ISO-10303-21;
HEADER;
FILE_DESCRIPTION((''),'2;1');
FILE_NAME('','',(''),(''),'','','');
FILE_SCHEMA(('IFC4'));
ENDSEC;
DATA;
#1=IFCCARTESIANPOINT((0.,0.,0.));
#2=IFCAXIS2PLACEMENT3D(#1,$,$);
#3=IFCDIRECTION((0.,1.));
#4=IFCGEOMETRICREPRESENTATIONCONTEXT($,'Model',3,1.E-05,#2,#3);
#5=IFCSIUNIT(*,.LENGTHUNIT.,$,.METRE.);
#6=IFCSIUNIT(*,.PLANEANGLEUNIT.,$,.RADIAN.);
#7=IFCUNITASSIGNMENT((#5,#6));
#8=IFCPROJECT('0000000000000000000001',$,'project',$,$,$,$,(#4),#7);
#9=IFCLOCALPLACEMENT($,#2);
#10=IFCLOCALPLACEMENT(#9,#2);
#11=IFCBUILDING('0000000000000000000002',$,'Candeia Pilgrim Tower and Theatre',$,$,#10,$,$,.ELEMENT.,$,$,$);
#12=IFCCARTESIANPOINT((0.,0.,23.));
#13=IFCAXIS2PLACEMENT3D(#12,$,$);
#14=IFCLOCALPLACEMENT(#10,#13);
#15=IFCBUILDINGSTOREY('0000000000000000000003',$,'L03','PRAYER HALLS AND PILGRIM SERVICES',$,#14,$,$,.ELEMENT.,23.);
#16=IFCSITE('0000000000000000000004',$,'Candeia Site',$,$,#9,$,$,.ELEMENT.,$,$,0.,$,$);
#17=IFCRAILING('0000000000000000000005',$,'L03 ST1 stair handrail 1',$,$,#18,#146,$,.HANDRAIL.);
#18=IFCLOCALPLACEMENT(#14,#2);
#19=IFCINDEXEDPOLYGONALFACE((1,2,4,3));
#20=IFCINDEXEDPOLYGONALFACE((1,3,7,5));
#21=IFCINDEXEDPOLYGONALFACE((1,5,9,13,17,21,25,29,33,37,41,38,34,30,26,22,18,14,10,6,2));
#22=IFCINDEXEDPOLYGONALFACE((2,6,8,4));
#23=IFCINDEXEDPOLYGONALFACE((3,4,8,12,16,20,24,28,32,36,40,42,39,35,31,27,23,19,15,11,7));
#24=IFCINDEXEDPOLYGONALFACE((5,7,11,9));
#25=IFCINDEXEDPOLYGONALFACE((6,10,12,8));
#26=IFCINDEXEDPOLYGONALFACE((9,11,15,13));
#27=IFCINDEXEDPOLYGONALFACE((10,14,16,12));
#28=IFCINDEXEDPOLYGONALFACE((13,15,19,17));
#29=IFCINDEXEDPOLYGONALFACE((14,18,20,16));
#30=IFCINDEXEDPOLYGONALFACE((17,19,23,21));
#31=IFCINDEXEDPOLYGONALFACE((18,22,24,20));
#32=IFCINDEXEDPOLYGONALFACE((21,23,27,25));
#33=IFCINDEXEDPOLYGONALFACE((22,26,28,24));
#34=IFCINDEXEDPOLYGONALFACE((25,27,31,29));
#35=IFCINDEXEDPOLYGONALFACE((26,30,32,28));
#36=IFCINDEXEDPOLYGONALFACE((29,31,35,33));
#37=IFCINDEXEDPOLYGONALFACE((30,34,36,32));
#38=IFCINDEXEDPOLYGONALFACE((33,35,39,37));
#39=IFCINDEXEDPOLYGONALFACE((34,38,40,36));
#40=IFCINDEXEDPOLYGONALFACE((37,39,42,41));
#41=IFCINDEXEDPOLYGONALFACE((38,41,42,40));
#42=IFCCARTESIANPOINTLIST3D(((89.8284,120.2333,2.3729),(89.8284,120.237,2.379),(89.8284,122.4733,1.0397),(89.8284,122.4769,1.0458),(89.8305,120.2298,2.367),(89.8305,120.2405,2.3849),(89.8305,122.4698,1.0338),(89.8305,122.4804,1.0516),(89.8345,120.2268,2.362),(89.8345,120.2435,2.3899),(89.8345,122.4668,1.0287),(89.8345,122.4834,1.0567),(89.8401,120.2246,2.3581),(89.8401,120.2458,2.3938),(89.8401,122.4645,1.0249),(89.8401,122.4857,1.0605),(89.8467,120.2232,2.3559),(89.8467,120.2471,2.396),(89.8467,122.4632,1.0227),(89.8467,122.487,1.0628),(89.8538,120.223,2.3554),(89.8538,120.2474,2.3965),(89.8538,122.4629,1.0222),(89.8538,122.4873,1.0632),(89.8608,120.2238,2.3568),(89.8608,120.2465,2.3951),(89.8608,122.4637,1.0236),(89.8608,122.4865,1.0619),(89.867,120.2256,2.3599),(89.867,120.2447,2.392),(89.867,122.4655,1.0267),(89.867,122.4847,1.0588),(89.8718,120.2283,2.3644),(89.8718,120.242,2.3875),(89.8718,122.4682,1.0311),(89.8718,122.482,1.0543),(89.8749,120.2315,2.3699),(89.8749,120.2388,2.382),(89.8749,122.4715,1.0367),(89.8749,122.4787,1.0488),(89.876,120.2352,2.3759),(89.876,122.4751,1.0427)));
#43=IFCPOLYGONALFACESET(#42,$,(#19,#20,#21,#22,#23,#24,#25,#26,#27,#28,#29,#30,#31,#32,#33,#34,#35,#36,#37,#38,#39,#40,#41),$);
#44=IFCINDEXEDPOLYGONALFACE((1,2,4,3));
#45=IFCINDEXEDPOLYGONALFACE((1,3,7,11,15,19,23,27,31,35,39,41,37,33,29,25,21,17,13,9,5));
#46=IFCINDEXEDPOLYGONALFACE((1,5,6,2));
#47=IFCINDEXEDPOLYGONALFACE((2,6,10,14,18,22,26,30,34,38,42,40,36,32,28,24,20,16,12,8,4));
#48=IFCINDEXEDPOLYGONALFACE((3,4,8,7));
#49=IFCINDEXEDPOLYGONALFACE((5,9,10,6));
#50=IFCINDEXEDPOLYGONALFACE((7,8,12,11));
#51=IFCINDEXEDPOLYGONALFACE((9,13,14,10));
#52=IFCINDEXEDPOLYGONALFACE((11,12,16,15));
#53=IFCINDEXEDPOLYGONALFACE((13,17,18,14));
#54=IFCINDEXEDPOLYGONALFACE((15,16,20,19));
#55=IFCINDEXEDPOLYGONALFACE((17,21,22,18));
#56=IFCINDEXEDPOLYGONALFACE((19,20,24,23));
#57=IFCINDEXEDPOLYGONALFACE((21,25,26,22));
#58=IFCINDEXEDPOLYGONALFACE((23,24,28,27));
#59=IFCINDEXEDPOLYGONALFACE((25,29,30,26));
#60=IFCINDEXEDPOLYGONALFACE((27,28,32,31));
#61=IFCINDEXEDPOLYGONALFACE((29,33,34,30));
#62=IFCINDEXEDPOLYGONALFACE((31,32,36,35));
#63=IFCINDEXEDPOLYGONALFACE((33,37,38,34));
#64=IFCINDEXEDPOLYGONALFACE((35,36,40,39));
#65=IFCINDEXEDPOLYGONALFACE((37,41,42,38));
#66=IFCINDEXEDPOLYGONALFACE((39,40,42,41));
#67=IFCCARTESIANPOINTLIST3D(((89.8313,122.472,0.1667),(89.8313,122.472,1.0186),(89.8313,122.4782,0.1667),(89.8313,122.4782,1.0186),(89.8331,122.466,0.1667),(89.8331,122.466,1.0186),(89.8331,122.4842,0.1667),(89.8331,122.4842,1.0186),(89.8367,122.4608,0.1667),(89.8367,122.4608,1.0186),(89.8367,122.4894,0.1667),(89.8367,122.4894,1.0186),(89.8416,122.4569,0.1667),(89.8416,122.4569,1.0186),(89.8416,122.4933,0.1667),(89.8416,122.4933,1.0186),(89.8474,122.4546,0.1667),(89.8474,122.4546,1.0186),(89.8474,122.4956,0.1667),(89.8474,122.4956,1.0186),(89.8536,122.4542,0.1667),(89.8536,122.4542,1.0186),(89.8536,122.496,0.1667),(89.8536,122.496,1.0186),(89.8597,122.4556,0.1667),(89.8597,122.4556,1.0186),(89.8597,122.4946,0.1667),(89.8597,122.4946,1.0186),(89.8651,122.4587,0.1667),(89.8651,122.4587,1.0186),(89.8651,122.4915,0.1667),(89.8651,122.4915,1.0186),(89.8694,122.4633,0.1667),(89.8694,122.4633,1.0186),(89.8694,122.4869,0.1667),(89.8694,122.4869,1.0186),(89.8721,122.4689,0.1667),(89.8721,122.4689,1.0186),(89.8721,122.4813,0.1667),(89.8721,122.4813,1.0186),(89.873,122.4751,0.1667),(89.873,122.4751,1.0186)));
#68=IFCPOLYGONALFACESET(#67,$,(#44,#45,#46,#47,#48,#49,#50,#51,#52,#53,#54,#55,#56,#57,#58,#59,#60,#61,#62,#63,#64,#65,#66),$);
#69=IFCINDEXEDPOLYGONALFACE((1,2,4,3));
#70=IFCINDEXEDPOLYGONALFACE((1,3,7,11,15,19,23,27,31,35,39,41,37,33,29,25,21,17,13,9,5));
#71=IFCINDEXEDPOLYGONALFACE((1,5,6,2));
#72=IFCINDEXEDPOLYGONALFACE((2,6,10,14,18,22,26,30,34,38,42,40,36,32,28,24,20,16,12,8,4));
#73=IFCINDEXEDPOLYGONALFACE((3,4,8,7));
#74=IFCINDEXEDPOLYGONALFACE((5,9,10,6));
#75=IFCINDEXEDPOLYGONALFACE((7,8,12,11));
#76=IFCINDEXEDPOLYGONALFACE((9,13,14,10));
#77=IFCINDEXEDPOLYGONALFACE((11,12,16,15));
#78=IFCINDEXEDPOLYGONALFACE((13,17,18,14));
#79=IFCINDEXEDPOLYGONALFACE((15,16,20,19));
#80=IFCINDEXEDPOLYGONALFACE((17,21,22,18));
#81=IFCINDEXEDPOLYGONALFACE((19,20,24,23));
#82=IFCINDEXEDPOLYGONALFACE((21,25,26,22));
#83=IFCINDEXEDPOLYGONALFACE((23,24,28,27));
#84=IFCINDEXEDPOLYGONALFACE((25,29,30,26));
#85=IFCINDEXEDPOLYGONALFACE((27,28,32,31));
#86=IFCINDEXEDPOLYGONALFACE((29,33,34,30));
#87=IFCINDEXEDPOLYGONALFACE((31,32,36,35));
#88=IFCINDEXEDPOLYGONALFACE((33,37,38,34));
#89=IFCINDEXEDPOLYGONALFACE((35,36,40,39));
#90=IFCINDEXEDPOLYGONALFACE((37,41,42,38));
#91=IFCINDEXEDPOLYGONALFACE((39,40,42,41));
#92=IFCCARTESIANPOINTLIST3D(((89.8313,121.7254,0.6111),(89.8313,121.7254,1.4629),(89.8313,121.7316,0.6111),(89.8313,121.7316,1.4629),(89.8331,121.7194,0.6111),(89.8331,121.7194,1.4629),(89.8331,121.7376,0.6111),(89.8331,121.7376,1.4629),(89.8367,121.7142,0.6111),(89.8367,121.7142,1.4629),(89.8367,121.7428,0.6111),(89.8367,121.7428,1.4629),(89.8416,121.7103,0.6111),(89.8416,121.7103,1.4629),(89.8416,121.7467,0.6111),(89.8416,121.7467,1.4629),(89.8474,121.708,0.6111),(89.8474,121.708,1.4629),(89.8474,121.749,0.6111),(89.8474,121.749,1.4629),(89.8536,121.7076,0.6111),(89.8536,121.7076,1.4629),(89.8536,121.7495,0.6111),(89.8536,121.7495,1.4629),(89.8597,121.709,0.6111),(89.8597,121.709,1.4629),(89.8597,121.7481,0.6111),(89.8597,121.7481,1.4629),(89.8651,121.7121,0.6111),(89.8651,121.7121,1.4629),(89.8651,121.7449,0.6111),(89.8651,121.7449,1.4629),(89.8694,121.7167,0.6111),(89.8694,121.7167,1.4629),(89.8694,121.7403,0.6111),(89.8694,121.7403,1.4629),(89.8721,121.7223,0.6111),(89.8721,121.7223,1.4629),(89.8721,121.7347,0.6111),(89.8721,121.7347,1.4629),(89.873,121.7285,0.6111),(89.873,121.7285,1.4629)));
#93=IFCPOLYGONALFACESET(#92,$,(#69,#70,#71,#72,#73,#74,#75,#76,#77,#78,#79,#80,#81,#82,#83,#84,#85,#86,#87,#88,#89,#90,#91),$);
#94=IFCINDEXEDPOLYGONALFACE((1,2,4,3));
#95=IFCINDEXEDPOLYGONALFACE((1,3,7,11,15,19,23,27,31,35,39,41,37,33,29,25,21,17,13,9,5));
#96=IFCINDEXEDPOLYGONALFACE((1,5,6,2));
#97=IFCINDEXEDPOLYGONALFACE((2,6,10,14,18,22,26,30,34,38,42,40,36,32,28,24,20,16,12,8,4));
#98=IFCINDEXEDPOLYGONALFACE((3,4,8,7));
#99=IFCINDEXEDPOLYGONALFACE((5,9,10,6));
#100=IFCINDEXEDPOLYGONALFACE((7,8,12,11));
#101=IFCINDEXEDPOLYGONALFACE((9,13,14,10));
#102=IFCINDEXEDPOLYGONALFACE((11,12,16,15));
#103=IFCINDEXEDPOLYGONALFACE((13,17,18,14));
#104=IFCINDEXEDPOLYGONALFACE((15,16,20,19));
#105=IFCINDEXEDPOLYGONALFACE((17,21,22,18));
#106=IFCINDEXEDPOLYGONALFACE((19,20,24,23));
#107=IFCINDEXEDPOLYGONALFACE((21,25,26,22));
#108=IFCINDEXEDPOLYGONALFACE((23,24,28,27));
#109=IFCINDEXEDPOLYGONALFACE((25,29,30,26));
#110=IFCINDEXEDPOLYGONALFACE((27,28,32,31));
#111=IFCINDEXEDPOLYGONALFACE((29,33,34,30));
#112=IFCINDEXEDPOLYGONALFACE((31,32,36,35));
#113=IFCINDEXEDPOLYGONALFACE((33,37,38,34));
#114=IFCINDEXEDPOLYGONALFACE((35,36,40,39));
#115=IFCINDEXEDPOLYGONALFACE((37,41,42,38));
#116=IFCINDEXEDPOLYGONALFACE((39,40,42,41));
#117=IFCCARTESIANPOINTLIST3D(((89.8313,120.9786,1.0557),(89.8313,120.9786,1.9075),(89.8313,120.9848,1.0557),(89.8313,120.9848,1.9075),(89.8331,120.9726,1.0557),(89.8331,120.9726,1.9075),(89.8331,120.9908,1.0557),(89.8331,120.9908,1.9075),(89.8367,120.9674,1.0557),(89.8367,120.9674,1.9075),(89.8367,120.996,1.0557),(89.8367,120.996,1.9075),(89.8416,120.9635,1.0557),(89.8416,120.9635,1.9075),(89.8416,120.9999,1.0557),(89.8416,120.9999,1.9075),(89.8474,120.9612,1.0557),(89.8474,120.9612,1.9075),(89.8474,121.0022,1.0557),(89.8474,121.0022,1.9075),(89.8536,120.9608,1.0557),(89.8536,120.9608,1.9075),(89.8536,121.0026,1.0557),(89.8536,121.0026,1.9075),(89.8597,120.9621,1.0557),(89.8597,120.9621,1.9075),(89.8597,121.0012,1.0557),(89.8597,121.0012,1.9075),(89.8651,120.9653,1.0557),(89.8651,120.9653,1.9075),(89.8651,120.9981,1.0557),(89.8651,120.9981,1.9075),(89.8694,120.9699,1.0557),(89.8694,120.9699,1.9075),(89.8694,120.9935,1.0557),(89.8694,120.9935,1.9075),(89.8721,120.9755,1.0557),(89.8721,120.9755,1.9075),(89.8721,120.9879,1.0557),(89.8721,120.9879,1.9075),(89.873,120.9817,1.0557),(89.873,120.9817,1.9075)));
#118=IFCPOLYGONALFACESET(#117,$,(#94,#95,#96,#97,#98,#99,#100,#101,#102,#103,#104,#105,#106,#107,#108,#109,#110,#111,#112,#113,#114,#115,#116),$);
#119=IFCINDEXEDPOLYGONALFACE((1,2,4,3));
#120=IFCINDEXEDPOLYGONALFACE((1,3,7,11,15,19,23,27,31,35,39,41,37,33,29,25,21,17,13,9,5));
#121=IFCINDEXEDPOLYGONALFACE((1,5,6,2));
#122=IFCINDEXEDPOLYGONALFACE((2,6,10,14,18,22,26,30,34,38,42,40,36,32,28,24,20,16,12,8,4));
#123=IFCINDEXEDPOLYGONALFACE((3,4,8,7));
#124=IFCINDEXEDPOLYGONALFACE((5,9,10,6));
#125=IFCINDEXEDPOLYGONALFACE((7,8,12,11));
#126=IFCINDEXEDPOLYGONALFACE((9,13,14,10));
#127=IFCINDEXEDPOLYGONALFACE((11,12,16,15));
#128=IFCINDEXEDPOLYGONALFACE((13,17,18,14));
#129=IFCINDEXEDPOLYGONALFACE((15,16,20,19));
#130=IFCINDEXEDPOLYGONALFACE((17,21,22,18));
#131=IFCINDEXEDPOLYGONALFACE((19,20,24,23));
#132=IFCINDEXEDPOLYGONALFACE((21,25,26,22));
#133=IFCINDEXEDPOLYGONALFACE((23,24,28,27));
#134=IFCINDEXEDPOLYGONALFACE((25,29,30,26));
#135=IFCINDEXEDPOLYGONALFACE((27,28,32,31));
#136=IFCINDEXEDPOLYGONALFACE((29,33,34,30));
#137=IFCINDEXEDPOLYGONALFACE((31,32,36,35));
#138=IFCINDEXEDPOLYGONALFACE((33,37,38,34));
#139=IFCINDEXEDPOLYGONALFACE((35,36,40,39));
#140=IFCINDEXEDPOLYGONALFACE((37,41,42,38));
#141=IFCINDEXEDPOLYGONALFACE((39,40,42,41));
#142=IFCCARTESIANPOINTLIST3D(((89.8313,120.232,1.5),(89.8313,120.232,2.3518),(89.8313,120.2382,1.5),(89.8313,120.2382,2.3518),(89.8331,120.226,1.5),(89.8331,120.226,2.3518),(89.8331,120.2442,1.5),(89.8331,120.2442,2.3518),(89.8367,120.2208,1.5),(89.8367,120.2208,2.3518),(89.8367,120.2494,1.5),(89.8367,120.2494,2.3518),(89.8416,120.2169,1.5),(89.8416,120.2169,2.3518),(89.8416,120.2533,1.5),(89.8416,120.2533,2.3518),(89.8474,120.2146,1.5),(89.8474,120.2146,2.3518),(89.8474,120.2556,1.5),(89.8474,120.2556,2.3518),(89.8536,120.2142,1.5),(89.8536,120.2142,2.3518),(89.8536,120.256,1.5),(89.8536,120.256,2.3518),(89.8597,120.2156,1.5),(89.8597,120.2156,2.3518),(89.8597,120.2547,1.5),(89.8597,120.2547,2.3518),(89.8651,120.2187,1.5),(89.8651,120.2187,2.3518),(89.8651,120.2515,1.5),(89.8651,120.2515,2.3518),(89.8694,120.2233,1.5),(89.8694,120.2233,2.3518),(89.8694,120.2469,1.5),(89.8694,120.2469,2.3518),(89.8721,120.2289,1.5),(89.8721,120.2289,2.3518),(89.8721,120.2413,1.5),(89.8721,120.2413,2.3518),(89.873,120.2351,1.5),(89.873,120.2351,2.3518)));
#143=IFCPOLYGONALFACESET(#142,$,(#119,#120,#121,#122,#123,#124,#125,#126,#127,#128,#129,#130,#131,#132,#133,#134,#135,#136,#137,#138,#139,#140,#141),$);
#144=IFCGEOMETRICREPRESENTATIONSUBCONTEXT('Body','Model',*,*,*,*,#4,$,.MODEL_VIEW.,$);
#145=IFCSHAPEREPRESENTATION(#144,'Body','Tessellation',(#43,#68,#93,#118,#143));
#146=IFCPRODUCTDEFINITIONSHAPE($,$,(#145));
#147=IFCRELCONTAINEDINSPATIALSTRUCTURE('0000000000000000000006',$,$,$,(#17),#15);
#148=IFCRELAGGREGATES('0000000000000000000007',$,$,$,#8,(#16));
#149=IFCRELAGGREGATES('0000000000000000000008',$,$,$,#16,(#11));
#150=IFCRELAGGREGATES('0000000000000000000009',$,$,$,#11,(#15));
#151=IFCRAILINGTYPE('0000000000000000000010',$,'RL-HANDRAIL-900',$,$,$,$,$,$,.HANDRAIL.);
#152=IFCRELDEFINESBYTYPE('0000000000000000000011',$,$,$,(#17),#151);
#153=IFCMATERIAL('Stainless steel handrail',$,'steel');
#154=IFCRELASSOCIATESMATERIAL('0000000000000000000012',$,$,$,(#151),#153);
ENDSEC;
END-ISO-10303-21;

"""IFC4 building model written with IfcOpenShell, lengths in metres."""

from ifc_helpers import new_model, si_unit, direction, frame, origin, origin_2d, place, context, subcontext, project, spatial, circle, extrude, material, type_object, element, save


model = new_model("IFC4")

# Units and contexts
model_context = context("Model", 3, precision=1e-05, world=origin(), true_north=direction((0.0, 1.0)))
body_context = subcontext(model_context, "Body", "Model", "MODEL_VIEW")
ifc_project = project(units=[si_unit("LENGTHUNIT", "METRE"), si_unit("PLANEANGLEUNIT", "RADIAN")], contexts=[model_context])

# Site, building, storey
site_placement = place(None, origin())
site = spatial("IfcSite", under=ifc_project, at=site_placement, Name="Candeia Site", CompositionType="ELEMENT", RefElevation=0.0)
building_placement = place(site_placement, origin())
building = spatial("IfcBuilding", under=site, at=building_placement, Name="Candeia Pilgrim Tower and Theatre", CompositionType="ELEMENT")
storey_placement = place(building_placement, frame((0.0, 0.0, 23.0)))
storey = spatial("IfcBuildingStorey", under=building, at=storey_placement, Name="L03", Description="PRAYER HALLS AND PILGRIM SERVICES", CompositionType="ELEMENT", Elevation=23.0)

# Railing
ifc_material_1 = material(Name="Stainless steel handrail", Category="steel")
railing_type_1 = type_object("IfcRailingType", Name="RL-HANDRAIL-900", PredefinedType="HANDRAIL", material=ifc_material_1)
for number, where, name in (
    (1, (89.8521, 122.4751, 0.1667), "L03 ST1 stair handrail 1"),
):
    element("IfcRailing", number, at=place(storey_placement, frame(where)), inside=storey, type_object=railing_type_1, Name=name, PredefinedType="HANDRAIL", context=body_context, shape_type="SweptSolid", body=[
        extrude(circle(Radius=0.0239, at=origin_2d()), frame((0.0, 0.0, 0.876), z_axis=(0.0, -0.859306, 0.511462), x_axis=(1.0, 0.0, 0.0)), (0.0, 0.0, 1.0), 2.6067),
        extrude(circle(Radius=0.021, at=origin_2d()), origin(), (0.0, 0.0, 1.0), 0.8518),
        extrude(circle(Radius=0.021, at=origin_2d()), frame((0.0, -0.7466, 0.4443)), (0.0, 0.0, 1.0), 0.8518),
        extrude(circle(Radius=0.021, at=origin_2d()), frame((0.0, -1.4934, 0.8889)), (0.0, 0.0, 1.0), 0.8518),
        extrude(circle(Radius=0.021, at=origin_2d()), frame((0.0, -2.24, 1.3333)), (0.0, 0.0, 1.0), 0.8518),
    ])

save(model, "model.ifc")
